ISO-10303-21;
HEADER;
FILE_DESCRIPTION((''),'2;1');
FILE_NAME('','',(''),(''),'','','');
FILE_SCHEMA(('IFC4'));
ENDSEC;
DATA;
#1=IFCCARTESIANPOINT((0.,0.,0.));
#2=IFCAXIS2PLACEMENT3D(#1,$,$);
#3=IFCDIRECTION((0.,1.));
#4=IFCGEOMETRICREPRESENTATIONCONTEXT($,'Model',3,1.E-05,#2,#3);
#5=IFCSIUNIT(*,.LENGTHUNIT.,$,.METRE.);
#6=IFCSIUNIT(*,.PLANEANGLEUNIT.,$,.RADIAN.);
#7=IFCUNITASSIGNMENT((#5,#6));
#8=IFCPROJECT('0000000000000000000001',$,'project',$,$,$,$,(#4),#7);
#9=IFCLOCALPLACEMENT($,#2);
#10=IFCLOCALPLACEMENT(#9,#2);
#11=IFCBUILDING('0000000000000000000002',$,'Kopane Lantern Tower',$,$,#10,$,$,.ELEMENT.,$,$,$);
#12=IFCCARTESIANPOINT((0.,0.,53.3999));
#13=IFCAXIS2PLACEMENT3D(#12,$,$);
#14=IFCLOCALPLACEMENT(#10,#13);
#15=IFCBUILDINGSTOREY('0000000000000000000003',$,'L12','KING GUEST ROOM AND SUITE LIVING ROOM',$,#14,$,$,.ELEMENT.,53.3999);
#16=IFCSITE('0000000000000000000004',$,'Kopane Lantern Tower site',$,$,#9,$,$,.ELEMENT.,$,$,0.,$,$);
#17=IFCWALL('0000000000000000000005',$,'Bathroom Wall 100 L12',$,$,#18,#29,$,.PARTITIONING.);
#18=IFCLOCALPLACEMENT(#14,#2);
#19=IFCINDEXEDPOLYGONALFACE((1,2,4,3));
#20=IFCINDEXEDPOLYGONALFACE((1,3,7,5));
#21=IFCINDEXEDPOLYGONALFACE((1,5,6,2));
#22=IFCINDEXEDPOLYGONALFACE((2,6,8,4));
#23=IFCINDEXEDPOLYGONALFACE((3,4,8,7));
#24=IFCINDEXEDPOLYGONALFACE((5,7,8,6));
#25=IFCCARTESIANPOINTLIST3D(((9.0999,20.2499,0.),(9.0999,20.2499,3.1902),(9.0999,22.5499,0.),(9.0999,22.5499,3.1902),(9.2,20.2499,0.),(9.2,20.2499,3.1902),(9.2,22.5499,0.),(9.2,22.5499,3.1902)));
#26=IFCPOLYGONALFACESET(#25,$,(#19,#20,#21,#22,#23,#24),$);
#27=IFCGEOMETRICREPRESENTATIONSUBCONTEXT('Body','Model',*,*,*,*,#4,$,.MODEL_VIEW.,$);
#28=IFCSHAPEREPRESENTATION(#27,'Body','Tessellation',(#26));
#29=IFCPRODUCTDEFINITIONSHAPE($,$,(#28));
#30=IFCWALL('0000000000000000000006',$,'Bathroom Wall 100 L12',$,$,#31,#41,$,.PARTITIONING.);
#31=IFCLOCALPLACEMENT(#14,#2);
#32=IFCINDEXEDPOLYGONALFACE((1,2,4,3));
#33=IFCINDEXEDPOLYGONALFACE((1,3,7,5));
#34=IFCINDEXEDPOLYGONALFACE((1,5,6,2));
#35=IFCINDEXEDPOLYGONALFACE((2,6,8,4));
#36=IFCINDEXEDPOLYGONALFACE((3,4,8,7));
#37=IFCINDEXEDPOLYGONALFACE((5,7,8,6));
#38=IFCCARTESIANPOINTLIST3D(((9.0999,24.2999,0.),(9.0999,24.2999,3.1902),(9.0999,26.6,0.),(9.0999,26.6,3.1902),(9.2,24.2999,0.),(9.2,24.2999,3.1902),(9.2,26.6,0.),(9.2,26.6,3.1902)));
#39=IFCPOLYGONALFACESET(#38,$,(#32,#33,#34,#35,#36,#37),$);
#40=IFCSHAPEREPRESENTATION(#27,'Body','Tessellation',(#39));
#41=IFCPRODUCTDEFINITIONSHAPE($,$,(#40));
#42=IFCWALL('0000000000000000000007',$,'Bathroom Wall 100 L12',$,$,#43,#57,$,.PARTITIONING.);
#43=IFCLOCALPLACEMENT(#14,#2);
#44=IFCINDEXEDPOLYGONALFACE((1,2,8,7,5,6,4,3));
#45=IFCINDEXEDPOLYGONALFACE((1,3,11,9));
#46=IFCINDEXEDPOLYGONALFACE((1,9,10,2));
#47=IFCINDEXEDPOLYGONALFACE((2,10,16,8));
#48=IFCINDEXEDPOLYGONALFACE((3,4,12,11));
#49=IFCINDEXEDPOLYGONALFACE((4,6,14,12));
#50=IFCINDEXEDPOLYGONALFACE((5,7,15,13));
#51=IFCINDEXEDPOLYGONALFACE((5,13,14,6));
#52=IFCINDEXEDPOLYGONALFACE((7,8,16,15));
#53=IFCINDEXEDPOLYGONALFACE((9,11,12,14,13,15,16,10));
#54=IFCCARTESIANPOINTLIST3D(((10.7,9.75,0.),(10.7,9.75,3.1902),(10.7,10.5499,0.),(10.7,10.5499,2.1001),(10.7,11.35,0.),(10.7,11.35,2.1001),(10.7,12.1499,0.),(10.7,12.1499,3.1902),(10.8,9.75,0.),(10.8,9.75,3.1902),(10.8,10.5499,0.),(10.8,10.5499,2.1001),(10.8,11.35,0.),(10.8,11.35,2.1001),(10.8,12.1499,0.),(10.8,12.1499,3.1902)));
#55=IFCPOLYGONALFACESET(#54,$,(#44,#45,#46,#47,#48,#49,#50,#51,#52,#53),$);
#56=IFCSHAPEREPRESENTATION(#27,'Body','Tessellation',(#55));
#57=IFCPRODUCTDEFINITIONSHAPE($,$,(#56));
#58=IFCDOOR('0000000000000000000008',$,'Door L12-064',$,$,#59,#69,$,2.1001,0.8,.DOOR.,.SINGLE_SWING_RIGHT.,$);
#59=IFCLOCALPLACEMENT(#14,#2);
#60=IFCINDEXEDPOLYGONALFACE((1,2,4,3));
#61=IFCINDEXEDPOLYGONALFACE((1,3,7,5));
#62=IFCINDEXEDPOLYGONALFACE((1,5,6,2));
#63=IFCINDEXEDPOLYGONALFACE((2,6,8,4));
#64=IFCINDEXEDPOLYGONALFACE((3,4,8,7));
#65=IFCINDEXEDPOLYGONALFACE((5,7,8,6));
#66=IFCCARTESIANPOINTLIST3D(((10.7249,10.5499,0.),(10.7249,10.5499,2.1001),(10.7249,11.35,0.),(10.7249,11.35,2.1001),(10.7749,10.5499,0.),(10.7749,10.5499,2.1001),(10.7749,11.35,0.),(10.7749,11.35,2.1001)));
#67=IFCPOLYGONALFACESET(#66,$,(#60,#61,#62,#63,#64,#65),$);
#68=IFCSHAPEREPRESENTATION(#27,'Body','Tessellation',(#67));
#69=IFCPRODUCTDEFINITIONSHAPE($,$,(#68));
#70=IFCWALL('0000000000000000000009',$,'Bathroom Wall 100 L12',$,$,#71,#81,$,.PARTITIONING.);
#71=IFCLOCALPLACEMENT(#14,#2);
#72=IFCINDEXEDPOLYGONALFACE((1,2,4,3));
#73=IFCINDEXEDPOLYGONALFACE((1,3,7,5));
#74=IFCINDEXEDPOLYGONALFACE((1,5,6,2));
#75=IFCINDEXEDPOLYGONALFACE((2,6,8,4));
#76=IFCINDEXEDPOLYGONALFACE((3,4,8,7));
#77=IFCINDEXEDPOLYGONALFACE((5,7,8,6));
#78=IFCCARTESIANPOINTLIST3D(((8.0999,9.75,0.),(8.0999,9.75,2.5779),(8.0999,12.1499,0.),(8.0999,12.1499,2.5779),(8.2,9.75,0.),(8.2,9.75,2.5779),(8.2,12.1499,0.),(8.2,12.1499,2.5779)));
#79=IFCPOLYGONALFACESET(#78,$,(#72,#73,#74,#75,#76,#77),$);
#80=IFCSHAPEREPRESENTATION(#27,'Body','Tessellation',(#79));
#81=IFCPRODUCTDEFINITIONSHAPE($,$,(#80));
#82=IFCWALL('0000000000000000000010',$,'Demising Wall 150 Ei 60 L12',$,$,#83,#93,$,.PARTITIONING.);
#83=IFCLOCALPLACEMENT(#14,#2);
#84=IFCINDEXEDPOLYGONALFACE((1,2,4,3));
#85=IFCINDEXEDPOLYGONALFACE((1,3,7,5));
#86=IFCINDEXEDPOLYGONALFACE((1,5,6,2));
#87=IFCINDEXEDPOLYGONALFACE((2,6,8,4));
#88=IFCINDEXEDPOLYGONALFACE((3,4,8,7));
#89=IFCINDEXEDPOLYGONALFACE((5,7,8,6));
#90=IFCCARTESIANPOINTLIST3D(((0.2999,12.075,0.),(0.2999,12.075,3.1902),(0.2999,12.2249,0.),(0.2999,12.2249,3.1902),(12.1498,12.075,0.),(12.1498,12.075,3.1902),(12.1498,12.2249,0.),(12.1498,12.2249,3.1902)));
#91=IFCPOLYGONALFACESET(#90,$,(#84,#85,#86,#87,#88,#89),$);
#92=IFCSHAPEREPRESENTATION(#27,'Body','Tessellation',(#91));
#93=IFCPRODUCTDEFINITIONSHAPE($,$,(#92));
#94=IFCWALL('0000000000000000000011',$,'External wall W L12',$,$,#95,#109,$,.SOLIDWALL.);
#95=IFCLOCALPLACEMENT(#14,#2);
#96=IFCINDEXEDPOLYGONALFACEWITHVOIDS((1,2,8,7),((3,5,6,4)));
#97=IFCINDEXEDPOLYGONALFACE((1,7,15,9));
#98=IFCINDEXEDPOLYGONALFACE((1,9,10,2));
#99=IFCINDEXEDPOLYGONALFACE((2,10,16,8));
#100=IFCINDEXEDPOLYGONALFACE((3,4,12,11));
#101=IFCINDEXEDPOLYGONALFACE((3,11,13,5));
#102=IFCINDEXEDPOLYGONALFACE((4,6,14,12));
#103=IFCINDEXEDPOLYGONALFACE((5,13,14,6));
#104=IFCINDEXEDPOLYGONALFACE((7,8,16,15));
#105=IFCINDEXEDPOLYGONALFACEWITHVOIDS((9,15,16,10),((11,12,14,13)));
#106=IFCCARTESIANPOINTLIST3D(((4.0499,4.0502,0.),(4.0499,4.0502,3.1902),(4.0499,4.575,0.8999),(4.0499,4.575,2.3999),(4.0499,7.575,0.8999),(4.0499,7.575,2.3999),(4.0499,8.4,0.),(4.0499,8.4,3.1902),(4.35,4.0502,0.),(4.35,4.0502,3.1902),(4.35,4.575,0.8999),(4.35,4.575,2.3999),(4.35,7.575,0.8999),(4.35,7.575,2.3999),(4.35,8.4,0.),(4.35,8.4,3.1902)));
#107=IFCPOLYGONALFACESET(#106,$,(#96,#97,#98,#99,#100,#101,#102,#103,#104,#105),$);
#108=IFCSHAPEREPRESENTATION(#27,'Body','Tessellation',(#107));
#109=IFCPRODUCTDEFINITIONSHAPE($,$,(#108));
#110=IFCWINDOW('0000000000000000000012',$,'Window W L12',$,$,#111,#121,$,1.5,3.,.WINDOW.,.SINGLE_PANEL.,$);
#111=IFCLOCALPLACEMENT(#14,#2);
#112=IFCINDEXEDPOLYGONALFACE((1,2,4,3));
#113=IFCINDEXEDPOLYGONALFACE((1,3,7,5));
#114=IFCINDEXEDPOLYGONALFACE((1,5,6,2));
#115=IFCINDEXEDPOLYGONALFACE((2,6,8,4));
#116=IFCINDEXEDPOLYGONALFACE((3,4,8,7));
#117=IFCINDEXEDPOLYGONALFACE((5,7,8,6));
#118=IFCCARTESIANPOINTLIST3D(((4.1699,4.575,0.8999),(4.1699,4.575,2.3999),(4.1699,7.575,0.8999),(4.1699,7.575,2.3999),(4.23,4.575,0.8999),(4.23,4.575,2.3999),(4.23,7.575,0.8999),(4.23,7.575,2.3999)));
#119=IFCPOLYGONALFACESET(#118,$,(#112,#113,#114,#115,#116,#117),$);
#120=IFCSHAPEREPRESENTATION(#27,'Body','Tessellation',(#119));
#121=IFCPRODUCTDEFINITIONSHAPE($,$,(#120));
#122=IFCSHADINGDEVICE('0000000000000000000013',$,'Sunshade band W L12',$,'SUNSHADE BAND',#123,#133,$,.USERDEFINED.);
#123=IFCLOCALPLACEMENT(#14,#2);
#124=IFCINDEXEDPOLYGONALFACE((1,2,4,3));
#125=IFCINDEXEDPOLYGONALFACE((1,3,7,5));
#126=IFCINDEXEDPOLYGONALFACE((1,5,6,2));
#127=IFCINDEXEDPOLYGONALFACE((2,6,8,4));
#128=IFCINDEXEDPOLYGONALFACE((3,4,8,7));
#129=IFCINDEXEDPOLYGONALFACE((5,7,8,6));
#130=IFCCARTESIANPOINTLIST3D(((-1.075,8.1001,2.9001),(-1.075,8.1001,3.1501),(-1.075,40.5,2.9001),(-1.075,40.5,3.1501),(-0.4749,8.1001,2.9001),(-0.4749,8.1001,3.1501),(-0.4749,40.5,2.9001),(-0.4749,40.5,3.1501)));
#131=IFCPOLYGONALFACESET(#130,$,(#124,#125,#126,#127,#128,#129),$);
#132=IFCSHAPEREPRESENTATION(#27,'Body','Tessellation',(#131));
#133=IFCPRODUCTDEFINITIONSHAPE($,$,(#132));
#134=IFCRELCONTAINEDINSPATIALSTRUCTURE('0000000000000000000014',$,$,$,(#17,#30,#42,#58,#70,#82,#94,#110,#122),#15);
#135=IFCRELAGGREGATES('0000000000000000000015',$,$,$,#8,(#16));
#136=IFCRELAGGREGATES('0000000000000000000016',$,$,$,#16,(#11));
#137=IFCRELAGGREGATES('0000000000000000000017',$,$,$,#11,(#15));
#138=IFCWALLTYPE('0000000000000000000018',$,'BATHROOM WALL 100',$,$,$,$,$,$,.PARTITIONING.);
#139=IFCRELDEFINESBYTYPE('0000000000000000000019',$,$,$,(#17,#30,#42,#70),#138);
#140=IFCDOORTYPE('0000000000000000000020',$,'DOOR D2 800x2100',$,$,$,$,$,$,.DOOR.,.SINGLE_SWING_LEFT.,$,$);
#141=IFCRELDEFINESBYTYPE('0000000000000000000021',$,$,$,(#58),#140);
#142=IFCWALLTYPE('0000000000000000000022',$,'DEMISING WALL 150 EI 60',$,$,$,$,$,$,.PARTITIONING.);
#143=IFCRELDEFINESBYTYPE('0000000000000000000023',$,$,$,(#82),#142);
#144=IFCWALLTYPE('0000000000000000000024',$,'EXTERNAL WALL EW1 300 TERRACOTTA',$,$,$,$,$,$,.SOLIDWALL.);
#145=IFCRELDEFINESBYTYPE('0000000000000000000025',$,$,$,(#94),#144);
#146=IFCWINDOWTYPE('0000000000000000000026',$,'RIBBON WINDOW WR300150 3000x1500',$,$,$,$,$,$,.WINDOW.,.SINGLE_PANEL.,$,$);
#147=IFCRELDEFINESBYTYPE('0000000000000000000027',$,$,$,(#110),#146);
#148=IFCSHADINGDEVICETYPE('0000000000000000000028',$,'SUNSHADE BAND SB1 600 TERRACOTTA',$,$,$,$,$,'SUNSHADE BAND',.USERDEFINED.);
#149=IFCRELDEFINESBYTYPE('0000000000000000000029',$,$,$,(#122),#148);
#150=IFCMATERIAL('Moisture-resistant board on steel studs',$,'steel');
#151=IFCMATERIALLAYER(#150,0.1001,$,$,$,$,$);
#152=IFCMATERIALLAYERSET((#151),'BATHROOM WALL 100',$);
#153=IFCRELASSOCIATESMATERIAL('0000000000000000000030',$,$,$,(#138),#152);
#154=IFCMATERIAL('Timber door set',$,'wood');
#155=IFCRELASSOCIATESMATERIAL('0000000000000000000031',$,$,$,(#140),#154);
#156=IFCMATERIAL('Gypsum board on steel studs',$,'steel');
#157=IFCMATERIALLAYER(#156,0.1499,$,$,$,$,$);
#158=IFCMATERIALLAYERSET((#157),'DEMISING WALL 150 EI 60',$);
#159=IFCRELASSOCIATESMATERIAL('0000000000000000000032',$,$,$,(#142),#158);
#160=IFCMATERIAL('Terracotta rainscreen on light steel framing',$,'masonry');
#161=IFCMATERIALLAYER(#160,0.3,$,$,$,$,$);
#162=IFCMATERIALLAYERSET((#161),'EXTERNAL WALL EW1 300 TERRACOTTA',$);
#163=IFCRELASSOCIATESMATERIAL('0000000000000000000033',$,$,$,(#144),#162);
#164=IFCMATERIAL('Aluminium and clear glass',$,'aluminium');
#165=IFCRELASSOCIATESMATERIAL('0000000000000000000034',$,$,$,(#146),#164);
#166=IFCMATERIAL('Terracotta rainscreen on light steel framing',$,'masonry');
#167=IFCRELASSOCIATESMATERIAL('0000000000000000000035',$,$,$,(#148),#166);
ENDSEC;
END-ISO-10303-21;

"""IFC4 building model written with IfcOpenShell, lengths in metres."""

from ifc_helpers import new_model, si_unit, direction, frame, frame_2d, origin, origin_2d, place, context, subcontext, project, spatial, rectangle, extrude, material, layer, layer_set, type_object, element, fill, save


model = new_model("IFC4")

# Units and contexts
model_context = context("Model", 3, precision=1e-05, world=origin(), true_north=direction((0.0, 1.0)))
body_context = subcontext(model_context, "Body", "Model", "MODEL_VIEW")
ifc_project = project(units=[si_unit("LENGTHUNIT", "METRE"), si_unit("PLANEANGLEUNIT", "RADIAN")], contexts=[model_context])

# Site, building, storey
site_placement = place(None, origin())
site = spatial("IfcSite", under=ifc_project, at=site_placement, Name="Kopane Lantern Tower site", CompositionType="ELEMENT", RefElevation=0.0)
building_placement = place(site_placement, origin())
building = spatial("IfcBuilding", under=site, at=building_placement, Name="Kopane Lantern Tower", CompositionType="ELEMENT")
storey_placement = place(building_placement, frame((0.0, 0.0, 53.3999)))
storey = spatial("IfcBuildingStorey", under=building, at=storey_placement, Name="L12", Description="KING GUEST ROOM AND SUITE LIVING ROOM", CompositionType="ELEMENT", Elevation=53.3999)

# Walls
ifc_material_1 = material(Name="Moisture-resistant board on steel studs", Category="steel")
ifc_layer_1 = layer(ifc_material_1, 0.1001)
ifc_layer_set_1 = layer_set([ifc_layer_1], Name="BATHROOM WALL 100")
wall_type_1 = type_object("IfcWallType", Name="BATHROOM WALL 100", PredefinedType="PARTITIONING", material=ifc_layer_set_1)
for number, where, z_axis, x_axis, name in (
    (1, (9.1499, 20.25, 0.0), (0.0, 0.0, 1.0), (0.0, 1.0, 0.0), "Bathroom Wall 100 L12"),
    (2, (9.1499, 24.3, 0.0), (0.0, 0.0, 1.0), (0.0, 1.0, 0.0), "Bathroom Wall 100 L12"),
):
    element("IfcWall", number, at=place(storey_placement, frame(where, z_axis=z_axis, x_axis=x_axis)), inside=storey, type_object=wall_type_1, Name=name, PredefinedType="PARTITIONING", context=body_context, shape_type="SweptSolid", body=[
        extrude(rectangle(XDim=2.3, YDim=0.1001, at=frame_2d((1.1499, 0.0))), origin(), (0.0, 0.0, 1.0), 3.1902),
    ])

# Wall, opening, door
wall_1_placement = place(storey_placement, frame((10.75, 12.1499, 0.0), z_axis=(0.0, 0.0, 1.0), x_axis=(0.0, -1.0, 0.0)))
wall_1 = element("IfcWall", 3, at=wall_1_placement, inside=storey, type_object=wall_type_1, Name="Bathroom Wall 100 L12", PredefinedType="PARTITIONING", context=body_context, shape_type="SweptSolid", body=[
    extrude(rectangle(XDim=2.3999, YDim=0.1001, at=frame_2d((1.2, 0.0))), origin(), (0.0, 0.0, 1.0), 3.1902),
])
opening_1_placement = place(wall_1_placement, frame((0.8, 0.0, 0.0)))
opening_1 = element("IfcOpeningElement", 4, at=opening_1_placement, cuts=wall_1, PredefinedType="OPENING", context=body_context, shape_type="SweptSolid", body=[
    extrude(rectangle(XDim=0.8, YDim=2.1001, at=frame_2d((0.3999, 1.05))), frame((0.0, 0.0601, 0.0), z_axis=(0.0, -1.0, 0.0), x_axis=(1.0, 0.0, 0.0)), (0.0, 0.0, 1.0), 0.1201),
])
ifc_material_2 = material(Name="Timber door set", Category="wood")
door_type_1 = type_object("IfcDoorType", Name="DOOR D2 800x2100", OperationType="SINGLE_SWING_LEFT", PredefinedType="DOOR", material=ifc_material_2)
door_1_placement = place(opening_1_placement, origin())
door_1 = element("IfcDoor", 5, at=door_1_placement, inside=storey, type_object=door_type_1, Name="Door L12-064", OperationType="SINGLE_SWING_RIGHT", OverallHeight=2.1001, OverallWidth=0.8, PredefinedType="DOOR", context=body_context, shape_type="SweptSolid", body=[
    extrude(rectangle(XDim=0.8, YDim=2.1001, at=frame_2d((0.3999, 1.05))), frame((0.0, 0.0249, 0.0), z_axis=(0.0, -1.0, 0.0), x_axis=(1.0, 0.0, 0.0)), (0.0, 0.0, 1.0), 0.05),
])
fill(opening_1, door_1)

# Walls
wall_2_placement = place(storey_placement, frame((8.1499, 12.1499, 0.0), z_axis=(0.0, 0.0, 1.0), x_axis=(0.0, -1.0, 0.0)))
element("IfcWall", 6, at=wall_2_placement, inside=storey, type_object=wall_type_1, Name="Bathroom Wall 100 L12", PredefinedType="PARTITIONING", context=body_context, shape_type="SweptSolid", body=[
    extrude(rectangle(XDim=2.3999, YDim=0.1001, at=frame_2d((1.2, 0.0))), origin(), (0.0, 0.0, 1.0), 2.5779),
])
ifc_material_3 = material(Name="Gypsum board on steel studs", Category="steel")
ifc_layer_2 = layer(ifc_material_3, 0.1499)
ifc_layer_set_2 = layer_set([ifc_layer_2], Name="DEMISING WALL 150 EI 60")
wall_type_2 = type_object("IfcWallType", Name="DEMISING WALL 150 EI 60", PredefinedType="PARTITIONING", material=ifc_layer_set_2)
wall_3_placement = place(storey_placement, frame((0.3, 12.1499, 0.0), z_axis=(0.0, 0.0, 1.0), x_axis=(1.0, 0.0, 0.0)))
element("IfcWall", 7, at=wall_3_placement, inside=storey, type_object=wall_type_2, Name="Demising Wall 150 Ei 60 L12", PredefinedType="PARTITIONING", context=body_context, shape_type="SweptSolid", body=[
    extrude(rectangle(XDim=11.8499, YDim=0.1499, at=frame_2d((5.9248, 0.0))), origin(), (0.0, 0.0, 1.0), 3.1902),
])

# Wall, opening, window
ifc_material_4 = material(Name="Terracotta rainscreen on light steel framing", Category="masonry")
ifc_layer_3 = layer(ifc_material_4, 0.3)
ifc_layer_set_3 = layer_set([ifc_layer_3], Name="EXTERNAL WALL EW1 300 TERRACOTTA")
wall_type_3 = type_object("IfcWallType", Name="EXTERNAL WALL EW1 300 TERRACOTTA", PredefinedType="SOLIDWALL", material=ifc_layer_set_3)
wall_4_placement = place(storey_placement, frame((4.2, 8.3999, 0.0), z_axis=(0.0, 0.0, 1.0), x_axis=(0.0, -1.0, 0.0)))
wall_4 = element("IfcWall", 8, at=wall_4_placement, inside=storey, type_object=wall_type_3, Name="External wall W L12", PredefinedType="SOLIDWALL", context=body_context, shape_type="SweptSolid", body=[
    extrude(rectangle(XDim=4.3499, YDim=0.3, at=frame_2d((2.1748, 0.0))), origin(), (0.0, 0.0, 1.0), 3.1902),
])
opening_2_placement = place(wall_4_placement, frame((0.825, 0.0, 0.8999)))
opening_2 = element("IfcOpeningElement", 9, at=opening_2_placement, cuts=wall_4, PredefinedType="OPENING", context=body_context, shape_type="SweptSolid", body=[
    extrude(rectangle(XDim=3.0, YDim=1.5, at=frame_2d((1.5, 0.75))), frame((0.0, 0.1599, 0.0), z_axis=(0.0, -1.0, 0.0), x_axis=(1.0, 0.0, 0.0)), (0.0, 0.0, 1.0), 0.3201),
])
ifc_material_5 = material(Name="Aluminium and clear glass", Category="aluminium")
window_type = type_object("IfcWindowType", Name="RIBBON WINDOW WR300150 3000x1500", PartitioningType="SINGLE_PANEL", PredefinedType="WINDOW", material=ifc_material_5)
window_placement = place(opening_2_placement, origin())
window = element("IfcWindow", 10, at=window_placement, inside=storey, type_object=window_type, Name="Window W L12", OverallHeight=1.5, OverallWidth=3.0, PartitioningType="SINGLE_PANEL", PredefinedType="WINDOW", context=body_context, shape_type="SweptSolid", body=[
    extrude(rectangle(XDim=3.0, YDim=1.5, at=frame_2d((1.5, 0.75))), frame((0.0, 0.03, 0.0), z_axis=(0.0, -1.0, 0.0), x_axis=(1.0, 0.0, 0.0)), (0.0, 0.0, 1.0), 0.0601),
])
fill(opening_2, window)

# Shading device
ifc_material_6 = material(Name="Terracotta rainscreen on light steel framing", Category="masonry")
shading_device_type = type_object("IfcShadingDeviceType", Name="SUNSHADE BAND SB1 600 TERRACOTTA", ElementType="SUNSHADE BAND", PredefinedType="USERDEFINED", material=ifc_material_6)
shading_device_placement = place(storey_placement, frame((-0.7749, 24.3, 2.9001), z_axis=(0.0, 0.0, 1.0), x_axis=(0.0, -1.0, 0.0)))
element("IfcShadingDevice", 11, at=shading_device_placement, inside=storey, type_object=shading_device_type, Name="Sunshade band W L12", ObjectType="SUNSHADE BAND", PredefinedType="USERDEFINED", context=body_context, shape_type="SweptSolid", body=[
    extrude(rectangle(XDim=32.3999, YDim=0.6001, at=origin_2d()), origin(), (0.0, 0.0, 1.0), 0.25),
])

save(model, "model.ifc")
